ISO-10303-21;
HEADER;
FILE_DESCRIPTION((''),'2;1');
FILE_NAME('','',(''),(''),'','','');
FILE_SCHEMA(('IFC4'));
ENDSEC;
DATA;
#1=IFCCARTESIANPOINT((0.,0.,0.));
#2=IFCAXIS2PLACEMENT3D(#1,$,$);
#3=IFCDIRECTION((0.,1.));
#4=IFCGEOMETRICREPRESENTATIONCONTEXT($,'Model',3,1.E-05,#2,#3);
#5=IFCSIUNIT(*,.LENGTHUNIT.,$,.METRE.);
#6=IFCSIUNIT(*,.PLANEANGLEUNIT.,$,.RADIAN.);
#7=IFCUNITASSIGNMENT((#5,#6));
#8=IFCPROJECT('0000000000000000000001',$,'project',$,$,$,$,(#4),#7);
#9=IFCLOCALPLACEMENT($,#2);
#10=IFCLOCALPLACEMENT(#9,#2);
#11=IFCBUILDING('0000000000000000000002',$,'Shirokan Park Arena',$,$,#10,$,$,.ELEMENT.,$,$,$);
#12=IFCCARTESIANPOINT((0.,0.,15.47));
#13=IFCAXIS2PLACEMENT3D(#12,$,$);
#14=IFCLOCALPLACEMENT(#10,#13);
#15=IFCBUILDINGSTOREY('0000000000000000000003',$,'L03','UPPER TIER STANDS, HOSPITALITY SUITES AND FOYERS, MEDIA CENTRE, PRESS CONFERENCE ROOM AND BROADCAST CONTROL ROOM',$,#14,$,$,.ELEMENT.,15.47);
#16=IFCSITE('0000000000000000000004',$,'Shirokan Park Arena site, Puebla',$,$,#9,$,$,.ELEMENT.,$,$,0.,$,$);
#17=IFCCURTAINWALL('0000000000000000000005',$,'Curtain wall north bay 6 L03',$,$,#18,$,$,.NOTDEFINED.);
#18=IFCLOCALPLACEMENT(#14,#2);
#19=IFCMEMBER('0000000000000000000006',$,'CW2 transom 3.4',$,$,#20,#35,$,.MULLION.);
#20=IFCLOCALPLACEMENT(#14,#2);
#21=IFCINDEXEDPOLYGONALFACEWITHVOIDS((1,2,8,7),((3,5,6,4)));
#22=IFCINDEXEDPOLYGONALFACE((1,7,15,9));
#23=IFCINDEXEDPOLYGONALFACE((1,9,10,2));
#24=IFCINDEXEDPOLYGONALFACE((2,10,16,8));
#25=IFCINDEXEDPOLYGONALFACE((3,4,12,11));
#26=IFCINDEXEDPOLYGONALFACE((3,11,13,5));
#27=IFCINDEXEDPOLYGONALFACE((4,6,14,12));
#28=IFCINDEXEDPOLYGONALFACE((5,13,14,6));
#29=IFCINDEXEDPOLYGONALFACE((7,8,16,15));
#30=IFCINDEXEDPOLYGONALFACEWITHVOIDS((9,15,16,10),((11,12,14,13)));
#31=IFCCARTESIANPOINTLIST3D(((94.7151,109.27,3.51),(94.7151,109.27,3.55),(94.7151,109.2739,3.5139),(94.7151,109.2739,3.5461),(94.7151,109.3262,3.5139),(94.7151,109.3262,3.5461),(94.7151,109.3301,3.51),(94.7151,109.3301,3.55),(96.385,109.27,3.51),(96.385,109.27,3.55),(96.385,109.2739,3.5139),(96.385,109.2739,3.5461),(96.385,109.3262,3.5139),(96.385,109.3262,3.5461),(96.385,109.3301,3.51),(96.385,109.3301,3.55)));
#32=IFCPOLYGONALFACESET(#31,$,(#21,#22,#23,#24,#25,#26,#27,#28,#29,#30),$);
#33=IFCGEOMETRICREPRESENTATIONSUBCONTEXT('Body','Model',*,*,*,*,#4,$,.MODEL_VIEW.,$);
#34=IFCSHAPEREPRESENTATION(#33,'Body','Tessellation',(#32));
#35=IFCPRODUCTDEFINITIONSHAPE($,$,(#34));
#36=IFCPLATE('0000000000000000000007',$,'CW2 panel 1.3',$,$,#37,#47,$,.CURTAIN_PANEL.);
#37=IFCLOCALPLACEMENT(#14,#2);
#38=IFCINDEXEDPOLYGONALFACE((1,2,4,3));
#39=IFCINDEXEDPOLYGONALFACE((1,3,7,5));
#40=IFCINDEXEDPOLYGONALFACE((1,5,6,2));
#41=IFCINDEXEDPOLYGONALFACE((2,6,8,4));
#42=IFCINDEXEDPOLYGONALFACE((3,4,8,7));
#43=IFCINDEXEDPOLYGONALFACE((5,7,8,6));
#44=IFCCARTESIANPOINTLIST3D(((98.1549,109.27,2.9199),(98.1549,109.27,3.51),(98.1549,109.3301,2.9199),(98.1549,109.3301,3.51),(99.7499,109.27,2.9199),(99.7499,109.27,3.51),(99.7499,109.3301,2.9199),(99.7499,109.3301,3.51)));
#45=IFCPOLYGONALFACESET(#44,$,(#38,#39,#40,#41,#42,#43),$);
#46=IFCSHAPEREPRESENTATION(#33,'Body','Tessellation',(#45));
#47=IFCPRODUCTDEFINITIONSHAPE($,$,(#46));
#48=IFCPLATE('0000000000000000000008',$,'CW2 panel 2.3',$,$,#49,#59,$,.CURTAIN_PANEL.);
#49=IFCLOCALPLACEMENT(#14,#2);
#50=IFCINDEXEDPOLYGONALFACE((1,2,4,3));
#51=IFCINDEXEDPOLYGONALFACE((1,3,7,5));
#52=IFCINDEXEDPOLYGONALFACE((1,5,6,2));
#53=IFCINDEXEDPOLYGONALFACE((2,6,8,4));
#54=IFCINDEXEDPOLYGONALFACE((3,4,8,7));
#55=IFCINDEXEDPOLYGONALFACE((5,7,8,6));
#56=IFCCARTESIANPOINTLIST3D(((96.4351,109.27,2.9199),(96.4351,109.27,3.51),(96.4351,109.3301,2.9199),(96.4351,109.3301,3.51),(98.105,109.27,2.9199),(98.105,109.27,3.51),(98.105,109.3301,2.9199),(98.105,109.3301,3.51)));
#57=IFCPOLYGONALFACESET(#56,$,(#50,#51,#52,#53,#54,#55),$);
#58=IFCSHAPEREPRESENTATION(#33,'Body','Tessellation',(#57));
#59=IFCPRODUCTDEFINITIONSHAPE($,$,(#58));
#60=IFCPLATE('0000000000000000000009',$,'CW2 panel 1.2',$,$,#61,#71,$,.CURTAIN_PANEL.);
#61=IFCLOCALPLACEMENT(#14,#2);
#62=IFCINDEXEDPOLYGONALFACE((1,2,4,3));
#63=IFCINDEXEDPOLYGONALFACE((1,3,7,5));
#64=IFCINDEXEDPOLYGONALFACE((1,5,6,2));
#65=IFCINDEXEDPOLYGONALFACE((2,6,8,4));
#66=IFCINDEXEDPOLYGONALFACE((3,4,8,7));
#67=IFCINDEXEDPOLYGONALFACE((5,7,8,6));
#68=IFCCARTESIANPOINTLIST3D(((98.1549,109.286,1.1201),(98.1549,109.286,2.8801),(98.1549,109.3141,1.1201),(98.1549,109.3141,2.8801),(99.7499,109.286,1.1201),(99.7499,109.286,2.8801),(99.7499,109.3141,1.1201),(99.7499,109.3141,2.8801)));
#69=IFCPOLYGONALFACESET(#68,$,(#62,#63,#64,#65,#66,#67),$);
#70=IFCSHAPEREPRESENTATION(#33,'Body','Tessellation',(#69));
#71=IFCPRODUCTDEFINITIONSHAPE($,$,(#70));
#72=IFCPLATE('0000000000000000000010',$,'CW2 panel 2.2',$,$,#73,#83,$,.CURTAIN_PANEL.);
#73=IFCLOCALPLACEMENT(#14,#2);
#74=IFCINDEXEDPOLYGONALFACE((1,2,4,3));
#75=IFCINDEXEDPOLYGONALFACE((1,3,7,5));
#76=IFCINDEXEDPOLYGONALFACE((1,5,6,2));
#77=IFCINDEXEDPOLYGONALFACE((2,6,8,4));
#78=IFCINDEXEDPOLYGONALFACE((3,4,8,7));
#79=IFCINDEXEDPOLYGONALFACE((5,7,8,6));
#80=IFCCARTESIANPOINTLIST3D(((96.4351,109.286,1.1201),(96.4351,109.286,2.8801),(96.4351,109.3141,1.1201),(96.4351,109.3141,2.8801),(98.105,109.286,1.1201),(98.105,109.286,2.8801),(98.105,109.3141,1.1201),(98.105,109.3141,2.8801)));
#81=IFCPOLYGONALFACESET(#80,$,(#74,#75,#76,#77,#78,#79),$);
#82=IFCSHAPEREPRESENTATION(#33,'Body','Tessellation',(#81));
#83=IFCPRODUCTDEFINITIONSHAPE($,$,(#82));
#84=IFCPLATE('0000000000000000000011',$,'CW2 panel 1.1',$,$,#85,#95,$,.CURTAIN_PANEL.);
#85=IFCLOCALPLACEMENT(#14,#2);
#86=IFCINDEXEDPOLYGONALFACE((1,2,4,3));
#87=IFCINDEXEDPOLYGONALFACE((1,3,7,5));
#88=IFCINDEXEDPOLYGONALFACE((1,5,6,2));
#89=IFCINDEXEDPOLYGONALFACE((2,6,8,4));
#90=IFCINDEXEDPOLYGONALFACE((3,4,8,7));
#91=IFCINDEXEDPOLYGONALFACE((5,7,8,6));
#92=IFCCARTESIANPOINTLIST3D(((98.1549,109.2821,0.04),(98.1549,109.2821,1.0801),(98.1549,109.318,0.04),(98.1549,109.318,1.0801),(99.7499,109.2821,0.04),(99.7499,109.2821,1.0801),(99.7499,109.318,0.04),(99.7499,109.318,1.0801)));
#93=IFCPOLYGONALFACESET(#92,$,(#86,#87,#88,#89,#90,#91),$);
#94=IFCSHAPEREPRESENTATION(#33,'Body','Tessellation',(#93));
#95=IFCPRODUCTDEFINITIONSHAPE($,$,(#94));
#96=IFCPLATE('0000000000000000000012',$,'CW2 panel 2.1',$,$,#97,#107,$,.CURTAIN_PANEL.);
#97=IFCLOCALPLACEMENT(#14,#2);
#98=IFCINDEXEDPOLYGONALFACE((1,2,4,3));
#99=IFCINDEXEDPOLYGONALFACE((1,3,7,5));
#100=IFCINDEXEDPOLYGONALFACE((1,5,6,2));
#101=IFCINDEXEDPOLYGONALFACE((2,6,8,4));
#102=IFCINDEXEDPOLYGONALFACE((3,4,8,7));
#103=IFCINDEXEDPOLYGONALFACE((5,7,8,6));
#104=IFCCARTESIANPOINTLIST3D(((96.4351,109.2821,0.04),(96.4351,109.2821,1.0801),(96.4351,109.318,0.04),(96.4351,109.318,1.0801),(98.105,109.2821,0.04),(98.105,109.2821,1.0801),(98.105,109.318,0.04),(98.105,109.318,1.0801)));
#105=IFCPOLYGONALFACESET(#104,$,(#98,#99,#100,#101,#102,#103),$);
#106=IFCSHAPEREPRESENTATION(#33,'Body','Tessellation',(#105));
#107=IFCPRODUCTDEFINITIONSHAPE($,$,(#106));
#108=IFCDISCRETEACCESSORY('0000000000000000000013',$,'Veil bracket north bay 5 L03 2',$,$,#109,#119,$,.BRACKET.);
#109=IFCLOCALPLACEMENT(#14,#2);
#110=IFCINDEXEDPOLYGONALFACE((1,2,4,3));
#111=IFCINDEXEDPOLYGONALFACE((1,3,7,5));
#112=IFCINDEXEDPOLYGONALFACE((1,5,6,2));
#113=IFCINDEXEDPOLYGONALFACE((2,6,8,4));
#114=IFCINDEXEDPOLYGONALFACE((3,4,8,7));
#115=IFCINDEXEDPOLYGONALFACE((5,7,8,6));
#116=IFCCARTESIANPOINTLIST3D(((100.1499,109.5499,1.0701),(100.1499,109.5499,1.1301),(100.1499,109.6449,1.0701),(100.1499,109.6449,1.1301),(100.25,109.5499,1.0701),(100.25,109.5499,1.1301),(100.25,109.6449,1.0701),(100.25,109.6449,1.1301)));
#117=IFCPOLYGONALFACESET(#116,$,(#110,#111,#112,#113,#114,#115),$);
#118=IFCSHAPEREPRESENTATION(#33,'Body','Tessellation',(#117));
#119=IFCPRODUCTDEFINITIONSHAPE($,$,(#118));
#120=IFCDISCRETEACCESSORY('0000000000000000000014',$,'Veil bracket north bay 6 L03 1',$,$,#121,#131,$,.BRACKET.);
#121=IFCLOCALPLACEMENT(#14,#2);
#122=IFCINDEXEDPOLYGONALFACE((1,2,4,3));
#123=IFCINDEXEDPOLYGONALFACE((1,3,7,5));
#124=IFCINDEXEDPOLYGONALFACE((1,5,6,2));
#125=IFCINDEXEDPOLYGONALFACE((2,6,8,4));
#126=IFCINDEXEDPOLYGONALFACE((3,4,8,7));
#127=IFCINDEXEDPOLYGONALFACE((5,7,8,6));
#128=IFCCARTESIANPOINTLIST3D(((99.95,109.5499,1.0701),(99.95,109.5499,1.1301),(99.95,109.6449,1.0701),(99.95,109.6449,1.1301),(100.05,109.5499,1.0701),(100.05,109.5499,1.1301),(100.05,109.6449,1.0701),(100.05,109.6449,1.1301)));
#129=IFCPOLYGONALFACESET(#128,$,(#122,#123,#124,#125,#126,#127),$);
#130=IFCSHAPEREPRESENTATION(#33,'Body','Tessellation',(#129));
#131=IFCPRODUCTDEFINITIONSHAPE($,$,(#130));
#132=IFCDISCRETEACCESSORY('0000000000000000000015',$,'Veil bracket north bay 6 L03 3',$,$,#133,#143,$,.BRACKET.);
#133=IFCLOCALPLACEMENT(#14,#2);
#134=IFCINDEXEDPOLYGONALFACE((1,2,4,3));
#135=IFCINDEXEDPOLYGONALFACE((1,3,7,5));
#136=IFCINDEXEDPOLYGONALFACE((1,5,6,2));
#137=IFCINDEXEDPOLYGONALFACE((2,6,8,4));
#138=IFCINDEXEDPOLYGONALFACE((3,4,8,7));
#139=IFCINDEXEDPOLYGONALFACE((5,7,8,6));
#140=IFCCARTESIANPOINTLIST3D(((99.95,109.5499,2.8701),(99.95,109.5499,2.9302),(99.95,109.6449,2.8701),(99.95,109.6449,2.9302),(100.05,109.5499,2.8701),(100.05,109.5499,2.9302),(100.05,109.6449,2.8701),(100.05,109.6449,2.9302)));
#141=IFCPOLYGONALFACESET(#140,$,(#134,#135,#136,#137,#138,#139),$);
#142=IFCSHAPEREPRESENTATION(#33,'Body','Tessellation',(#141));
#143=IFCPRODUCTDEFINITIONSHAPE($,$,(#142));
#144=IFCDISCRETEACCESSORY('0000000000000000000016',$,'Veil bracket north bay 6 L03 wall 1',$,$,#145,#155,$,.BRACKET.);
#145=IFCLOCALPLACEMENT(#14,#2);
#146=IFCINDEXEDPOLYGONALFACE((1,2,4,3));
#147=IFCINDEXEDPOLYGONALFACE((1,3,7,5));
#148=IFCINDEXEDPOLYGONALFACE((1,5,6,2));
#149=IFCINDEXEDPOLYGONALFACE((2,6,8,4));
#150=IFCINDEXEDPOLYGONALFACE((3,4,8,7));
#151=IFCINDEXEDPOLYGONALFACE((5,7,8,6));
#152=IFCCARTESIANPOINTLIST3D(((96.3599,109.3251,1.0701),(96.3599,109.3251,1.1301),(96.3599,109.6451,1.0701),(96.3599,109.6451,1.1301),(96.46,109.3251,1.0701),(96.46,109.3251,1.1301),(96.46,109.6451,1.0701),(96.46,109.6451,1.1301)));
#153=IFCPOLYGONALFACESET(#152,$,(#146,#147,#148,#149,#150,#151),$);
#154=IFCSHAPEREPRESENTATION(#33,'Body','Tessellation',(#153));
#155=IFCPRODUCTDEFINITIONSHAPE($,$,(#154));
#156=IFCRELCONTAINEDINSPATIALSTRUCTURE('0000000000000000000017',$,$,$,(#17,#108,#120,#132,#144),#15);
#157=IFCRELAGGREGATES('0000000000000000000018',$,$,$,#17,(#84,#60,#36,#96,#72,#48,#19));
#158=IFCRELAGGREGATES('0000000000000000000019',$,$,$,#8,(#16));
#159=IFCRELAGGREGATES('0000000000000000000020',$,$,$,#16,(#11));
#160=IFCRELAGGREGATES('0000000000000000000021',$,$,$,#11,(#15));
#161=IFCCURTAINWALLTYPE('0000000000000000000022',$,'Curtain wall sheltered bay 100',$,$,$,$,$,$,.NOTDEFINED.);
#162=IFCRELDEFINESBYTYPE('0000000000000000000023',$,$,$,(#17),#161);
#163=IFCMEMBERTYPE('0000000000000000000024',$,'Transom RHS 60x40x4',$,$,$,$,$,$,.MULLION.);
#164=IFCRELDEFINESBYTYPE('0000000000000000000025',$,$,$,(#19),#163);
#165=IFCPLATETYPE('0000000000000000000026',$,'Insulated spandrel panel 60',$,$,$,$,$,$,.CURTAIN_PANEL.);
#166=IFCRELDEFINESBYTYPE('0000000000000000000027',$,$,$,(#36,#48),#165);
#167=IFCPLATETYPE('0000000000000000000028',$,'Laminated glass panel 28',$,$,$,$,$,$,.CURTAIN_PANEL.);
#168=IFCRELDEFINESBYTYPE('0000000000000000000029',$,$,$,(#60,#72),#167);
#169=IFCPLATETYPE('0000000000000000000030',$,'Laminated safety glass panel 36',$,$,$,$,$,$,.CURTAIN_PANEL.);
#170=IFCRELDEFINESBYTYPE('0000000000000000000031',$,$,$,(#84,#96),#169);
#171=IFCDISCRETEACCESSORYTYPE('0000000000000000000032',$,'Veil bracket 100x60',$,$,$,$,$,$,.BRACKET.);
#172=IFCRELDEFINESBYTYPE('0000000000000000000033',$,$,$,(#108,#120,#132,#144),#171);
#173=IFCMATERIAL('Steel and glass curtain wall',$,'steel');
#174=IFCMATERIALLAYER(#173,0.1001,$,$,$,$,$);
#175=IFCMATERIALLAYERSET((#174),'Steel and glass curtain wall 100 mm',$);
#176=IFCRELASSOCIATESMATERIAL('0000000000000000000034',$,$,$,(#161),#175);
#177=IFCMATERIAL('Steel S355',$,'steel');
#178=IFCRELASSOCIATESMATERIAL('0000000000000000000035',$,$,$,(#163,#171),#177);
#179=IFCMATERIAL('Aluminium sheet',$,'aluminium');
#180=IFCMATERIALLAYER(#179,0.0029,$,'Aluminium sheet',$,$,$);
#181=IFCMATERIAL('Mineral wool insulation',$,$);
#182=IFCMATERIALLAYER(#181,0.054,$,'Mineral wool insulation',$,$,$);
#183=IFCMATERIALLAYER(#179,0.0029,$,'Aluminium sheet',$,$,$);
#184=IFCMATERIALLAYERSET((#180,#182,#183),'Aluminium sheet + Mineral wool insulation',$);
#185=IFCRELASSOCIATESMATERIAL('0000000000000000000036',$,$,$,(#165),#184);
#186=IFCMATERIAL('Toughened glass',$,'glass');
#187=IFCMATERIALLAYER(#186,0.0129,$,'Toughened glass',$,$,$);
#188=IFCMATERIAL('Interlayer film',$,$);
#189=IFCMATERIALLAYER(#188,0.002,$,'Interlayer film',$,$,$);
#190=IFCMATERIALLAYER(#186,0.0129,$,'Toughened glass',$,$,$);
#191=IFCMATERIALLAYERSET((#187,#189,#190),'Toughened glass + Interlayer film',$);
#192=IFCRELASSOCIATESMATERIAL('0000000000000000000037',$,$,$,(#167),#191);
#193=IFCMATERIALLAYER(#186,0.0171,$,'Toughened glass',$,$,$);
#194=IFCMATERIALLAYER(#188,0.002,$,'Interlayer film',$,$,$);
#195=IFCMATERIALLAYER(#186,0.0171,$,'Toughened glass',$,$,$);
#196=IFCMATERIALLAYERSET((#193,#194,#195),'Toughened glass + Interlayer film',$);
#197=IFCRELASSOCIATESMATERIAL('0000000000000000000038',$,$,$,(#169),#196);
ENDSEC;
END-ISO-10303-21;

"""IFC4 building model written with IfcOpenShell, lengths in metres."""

from ifc_helpers import new_model, si_unit, direction, frame, origin, origin_2d, place, context, subcontext, project, spatial, rectangle, hollow_rectangle, extrude, material, layer, layer_set, material_profile, profile_set, type_object, element, aggregate, save


model = new_model("IFC4")

# Units and contexts
model_context = context("Model", 3, precision=1e-05, world=origin(), true_north=direction((0.0, 1.0)))
body_context = subcontext(model_context, "Body", "Model", "MODEL_VIEW")
ifc_project = project(units=[si_unit("LENGTHUNIT", "METRE"), si_unit("PLANEANGLEUNIT", "RADIAN")], contexts=[model_context])

# Site, building, storey
site_placement = place(None, origin())
site = spatial("IfcSite", under=ifc_project, at=site_placement, Name="Shirokan Park Arena site, Puebla", CompositionType="ELEMENT", RefElevation=0.0)
building_placement = place(site_placement, origin())
building = spatial("IfcBuilding", under=site, at=building_placement, Name="Shirokan Park Arena", CompositionType="ELEMENT")
storey_placement = place(building_placement, frame((0.0, 0.0, 15.47)))
storey = spatial("IfcBuildingStorey", under=building, at=storey_placement, Name="L03", Description="UPPER TIER STANDS, HOSPITALITY SUITES AND FOYERS, MEDIA CENTRE, PRESS CONFERENCE ROOM AND BROADCAST CONTROL ROOM", CompositionType="ELEMENT", Elevation=15.47)

# Curtain wall, member, plates
ifc_material_1 = material(Name="Steel and glass curtain wall", Category="steel")
ifc_layer_1 = layer(ifc_material_1, 0.1001)
ifc_layer_set_1 = layer_set([ifc_layer_1], Name="Steel and glass curtain wall 100 mm")
curtain_wall_type = type_object("IfcCurtainWallType", Name="Curtain wall sheltered bay 100", PredefinedType="NOTDEFINED", material=ifc_layer_set_1)
curtain_wall_placement = place(storey_placement, origin())
curtain_wall = element("IfcCurtainWall", 1, at=curtain_wall_placement, inside=storey, type_object=curtain_wall_type, Name="Curtain wall north bay 6 L03", PredefinedType="NOTDEFINED")
ifc_material_2 = material(Name="Steel S355", Category="steel")
ifc_material_profile_1 = material_profile(ifc_material_2, hollow_rectangle(XDim=0.0601, YDim=0.04, WallThickness=0.0039, at=origin_2d()), Name="RHS 60x40x4")
ifc_profile_set_1 = profile_set([ifc_material_profile_1], Name="Steel S355")
member_type_1 = type_object("IfcMemberType", Name="Transom RHS 60x40x4", PredefinedType="MULLION", material=ifc_profile_set_1)
member_1_placement = place(storey_placement, frame((96.385, 109.3, 3.53), z_axis=(-1.0, 0.0, 0.0), x_axis=(0.0, -1.0, 0.0)))
member_1 = element("IfcMember", 2, at=member_1_placement, type_object=member_type_1, Name="CW2 transom 3.4", PredefinedType="MULLION", context=body_context, shape_type="SweptSolid", body=[
    extrude(hollow_rectangle(XDim=0.0601, YDim=0.04, WallThickness=0.0039, at=origin_2d()), origin(), (0.0, 0.0, 1.0), 1.6699),
])
ifc_material_3 = material(Name="Aluminium sheet", Category="aluminium")
ifc_layer_2 = layer(ifc_material_3, 0.0029, Name="Aluminium sheet")
ifc_material_4 = material(Name="Mineral wool insulation")
ifc_layer_3 = layer(ifc_material_4, 0.054, Name="Mineral wool insulation")
ifc_layer_4 = layer(ifc_material_3, 0.0029, Name="Aluminium sheet")
ifc_layer_set_2 = layer_set([ifc_layer_2, ifc_layer_3, ifc_layer_4], Name="Aluminium sheet + Mineral wool insulation")
plate_type_1 = type_object("IfcPlateType", Name="Insulated spandrel panel 60", PredefinedType="CURTAIN_PANEL", material=ifc_layer_set_2)
plate_1_placement = place(storey_placement, frame((98.9524, 109.3, 2.9199), z_axis=(0.0, 0.0, 1.0), x_axis=(-1.0, 0.0, 0.0)))
plate_1 = element("IfcPlate", 3, at=plate_1_placement, type_object=plate_type_1, Name="CW2 panel 1.3", PredefinedType="CURTAIN_PANEL", context=body_context, shape_type="SweptSolid", body=[
    extrude(rectangle(XDim=1.595, YDim=0.0601, at=origin_2d()), origin(), (0.0, 0.0, 1.0), 0.5901),
])
plate_2_placement = place(storey_placement, frame((97.27, 109.3, 2.9199), z_axis=(0.0, 0.0, 1.0), x_axis=(-1.0, 0.0, 0.0)))
plate_2 = element("IfcPlate", 4, at=plate_2_placement, type_object=plate_type_1, Name="CW2 panel 2.3", PredefinedType="CURTAIN_PANEL", context=body_context, shape_type="SweptSolid", body=[
    extrude(rectangle(XDim=1.6699, YDim=0.0601, at=origin_2d()), origin(), (0.0, 0.0, 1.0), 0.5901),
])
ifc_material_5 = material(Name="Toughened glass", Category="glass")
ifc_layer_5 = layer(ifc_material_5, 0.0129, Name="Toughened glass")
ifc_material_6 = material(Name="Interlayer film")
ifc_layer_6 = layer(ifc_material_6, 0.002, Name="Interlayer film")
ifc_layer_7 = layer(ifc_material_5, 0.0129, Name="Toughened glass")
ifc_layer_set_3 = layer_set([ifc_layer_5, ifc_layer_6, ifc_layer_7], Name="Toughened glass + Interlayer film")
plate_type_2 = type_object("IfcPlateType", Name="Laminated glass panel 28", PredefinedType="CURTAIN_PANEL", material=ifc_layer_set_3)
plate_3_placement = place(storey_placement, frame((98.9524, 109.3, 1.1201), z_axis=(0.0, 0.0, 1.0), x_axis=(-1.0, 0.0, 0.0)))
plate_3 = element("IfcPlate", 5, at=plate_3_placement, type_object=plate_type_2, Name="CW2 panel 1.2", PredefinedType="CURTAIN_PANEL", context=body_context, shape_type="SweptSolid", body=[
    extrude(rectangle(XDim=1.595, YDim=0.0281, at=origin_2d()), origin(), (0.0, 0.0, 1.0), 1.76),
])
plate_4_placement = place(storey_placement, frame((97.27, 109.3, 1.1201), z_axis=(0.0, 0.0, 1.0), x_axis=(-1.0, 0.0, 0.0)))
plate_4 = element("IfcPlate", 6, at=plate_4_placement, type_object=plate_type_2, Name="CW2 panel 2.2", PredefinedType="CURTAIN_PANEL", context=body_context, shape_type="SweptSolid", body=[
    extrude(rectangle(XDim=1.6699, YDim=0.0281, at=origin_2d()), origin(), (0.0, 0.0, 1.0), 1.76),
])
ifc_layer_8 = layer(ifc_material_5, 0.0171, Name="Toughened glass")
ifc_layer_9 = layer(ifc_material_6, 0.002, Name="Interlayer film")
ifc_layer_10 = layer(ifc_material_5, 0.0171, Name="Toughened glass")
ifc_layer_set_4 = layer_set([ifc_layer_8, ifc_layer_9, ifc_layer_10], Name="Toughened glass + Interlayer film")
plate_type_3 = type_object("IfcPlateType", Name="Laminated safety glass panel 36", PredefinedType="CURTAIN_PANEL", material=ifc_layer_set_4)
plate_5_placement = place(storey_placement, frame((98.9524, 109.3, 0.04), z_axis=(0.0, 0.0, 1.0), x_axis=(-1.0, 0.0, 0.0)))
plate_5 = element("IfcPlate", 7, at=plate_5_placement, type_object=plate_type_3, Name="CW2 panel 1.1", PredefinedType="CURTAIN_PANEL", context=body_context, shape_type="SweptSolid", body=[
    extrude(rectangle(XDim=1.595, YDim=0.0359, at=origin_2d()), origin(), (0.0, 0.0, 1.0), 1.04),
])
plate_6_placement = place(storey_placement, frame((97.27, 109.3, 0.04), z_axis=(0.0, 0.0, 1.0), x_axis=(-1.0, 0.0, 0.0)))
plate_6 = element("IfcPlate", 8, at=plate_6_placement, type_object=plate_type_3, Name="CW2 panel 2.1", PredefinedType="CURTAIN_PANEL", context=body_context, shape_type="SweptSolid", body=[
    extrude(rectangle(XDim=1.6699, YDim=0.0359, at=origin_2d()), origin(), (0.0, 0.0, 1.0), 1.04),
])
aggregate(curtain_wall, [plate_5, plate_3, plate_1, plate_6, plate_4, plate_2, member_1])

# Discrete accessories
discrete_accessory_type = type_object("IfcDiscreteAccessoryType", Name="Veil bracket 100x60", PredefinedType="BRACKET", material=ifc_material_2)
for number, where, z_axis, x_axis, name in (
    (9, (100.2, 109.5974, 1.0701), (0.0, 0.0, 1.0), (-1.0, 0.0, 0.0), "Veil bracket north bay 5 L03 2"),
    (10, (100.0, 109.5974, 1.0701), (0.0, 0.0, 1.0), (-1.0, 0.0, 0.0), "Veil bracket north bay 6 L03 1"),
    (11, (100.0, 109.5974, 2.8701), (0.0, 0.0, 1.0), (-1.0, 0.0, 0.0), "Veil bracket north bay 6 L03 3"),
):
    element("IfcDiscreteAccessory", number, at=place(storey_placement, frame(where, z_axis=z_axis, x_axis=x_axis)), inside=storey, type_object=discrete_accessory_type, Name=name, PredefinedType="BRACKET", context=body_context, shape_type="SweptSolid", body=[
        extrude(rectangle(XDim=0.1001, YDim=0.095, at=origin_2d()), origin(), (0.0, 0.0, 1.0), 0.0601),
    ])
discrete_accessory_placement = place(storey_placement, frame((96.4099, 109.4851, 1.0701), z_axis=(0.0, 0.0, 1.0), x_axis=(-1.0, 0.0, 0.0)))
element("IfcDiscreteAccessory", 12, at=discrete_accessory_placement, inside=storey, type_object=discrete_accessory_type, Name="Veil bracket north bay 6 L03 wall 1", PredefinedType="BRACKET", context=body_context, shape_type="SweptSolid", body=[
    extrude(rectangle(XDim=0.1001, YDim=0.3201, at=origin_2d()), origin(), (0.0, 0.0, 1.0), 0.0601),
])

save(model, "model.ifc")
